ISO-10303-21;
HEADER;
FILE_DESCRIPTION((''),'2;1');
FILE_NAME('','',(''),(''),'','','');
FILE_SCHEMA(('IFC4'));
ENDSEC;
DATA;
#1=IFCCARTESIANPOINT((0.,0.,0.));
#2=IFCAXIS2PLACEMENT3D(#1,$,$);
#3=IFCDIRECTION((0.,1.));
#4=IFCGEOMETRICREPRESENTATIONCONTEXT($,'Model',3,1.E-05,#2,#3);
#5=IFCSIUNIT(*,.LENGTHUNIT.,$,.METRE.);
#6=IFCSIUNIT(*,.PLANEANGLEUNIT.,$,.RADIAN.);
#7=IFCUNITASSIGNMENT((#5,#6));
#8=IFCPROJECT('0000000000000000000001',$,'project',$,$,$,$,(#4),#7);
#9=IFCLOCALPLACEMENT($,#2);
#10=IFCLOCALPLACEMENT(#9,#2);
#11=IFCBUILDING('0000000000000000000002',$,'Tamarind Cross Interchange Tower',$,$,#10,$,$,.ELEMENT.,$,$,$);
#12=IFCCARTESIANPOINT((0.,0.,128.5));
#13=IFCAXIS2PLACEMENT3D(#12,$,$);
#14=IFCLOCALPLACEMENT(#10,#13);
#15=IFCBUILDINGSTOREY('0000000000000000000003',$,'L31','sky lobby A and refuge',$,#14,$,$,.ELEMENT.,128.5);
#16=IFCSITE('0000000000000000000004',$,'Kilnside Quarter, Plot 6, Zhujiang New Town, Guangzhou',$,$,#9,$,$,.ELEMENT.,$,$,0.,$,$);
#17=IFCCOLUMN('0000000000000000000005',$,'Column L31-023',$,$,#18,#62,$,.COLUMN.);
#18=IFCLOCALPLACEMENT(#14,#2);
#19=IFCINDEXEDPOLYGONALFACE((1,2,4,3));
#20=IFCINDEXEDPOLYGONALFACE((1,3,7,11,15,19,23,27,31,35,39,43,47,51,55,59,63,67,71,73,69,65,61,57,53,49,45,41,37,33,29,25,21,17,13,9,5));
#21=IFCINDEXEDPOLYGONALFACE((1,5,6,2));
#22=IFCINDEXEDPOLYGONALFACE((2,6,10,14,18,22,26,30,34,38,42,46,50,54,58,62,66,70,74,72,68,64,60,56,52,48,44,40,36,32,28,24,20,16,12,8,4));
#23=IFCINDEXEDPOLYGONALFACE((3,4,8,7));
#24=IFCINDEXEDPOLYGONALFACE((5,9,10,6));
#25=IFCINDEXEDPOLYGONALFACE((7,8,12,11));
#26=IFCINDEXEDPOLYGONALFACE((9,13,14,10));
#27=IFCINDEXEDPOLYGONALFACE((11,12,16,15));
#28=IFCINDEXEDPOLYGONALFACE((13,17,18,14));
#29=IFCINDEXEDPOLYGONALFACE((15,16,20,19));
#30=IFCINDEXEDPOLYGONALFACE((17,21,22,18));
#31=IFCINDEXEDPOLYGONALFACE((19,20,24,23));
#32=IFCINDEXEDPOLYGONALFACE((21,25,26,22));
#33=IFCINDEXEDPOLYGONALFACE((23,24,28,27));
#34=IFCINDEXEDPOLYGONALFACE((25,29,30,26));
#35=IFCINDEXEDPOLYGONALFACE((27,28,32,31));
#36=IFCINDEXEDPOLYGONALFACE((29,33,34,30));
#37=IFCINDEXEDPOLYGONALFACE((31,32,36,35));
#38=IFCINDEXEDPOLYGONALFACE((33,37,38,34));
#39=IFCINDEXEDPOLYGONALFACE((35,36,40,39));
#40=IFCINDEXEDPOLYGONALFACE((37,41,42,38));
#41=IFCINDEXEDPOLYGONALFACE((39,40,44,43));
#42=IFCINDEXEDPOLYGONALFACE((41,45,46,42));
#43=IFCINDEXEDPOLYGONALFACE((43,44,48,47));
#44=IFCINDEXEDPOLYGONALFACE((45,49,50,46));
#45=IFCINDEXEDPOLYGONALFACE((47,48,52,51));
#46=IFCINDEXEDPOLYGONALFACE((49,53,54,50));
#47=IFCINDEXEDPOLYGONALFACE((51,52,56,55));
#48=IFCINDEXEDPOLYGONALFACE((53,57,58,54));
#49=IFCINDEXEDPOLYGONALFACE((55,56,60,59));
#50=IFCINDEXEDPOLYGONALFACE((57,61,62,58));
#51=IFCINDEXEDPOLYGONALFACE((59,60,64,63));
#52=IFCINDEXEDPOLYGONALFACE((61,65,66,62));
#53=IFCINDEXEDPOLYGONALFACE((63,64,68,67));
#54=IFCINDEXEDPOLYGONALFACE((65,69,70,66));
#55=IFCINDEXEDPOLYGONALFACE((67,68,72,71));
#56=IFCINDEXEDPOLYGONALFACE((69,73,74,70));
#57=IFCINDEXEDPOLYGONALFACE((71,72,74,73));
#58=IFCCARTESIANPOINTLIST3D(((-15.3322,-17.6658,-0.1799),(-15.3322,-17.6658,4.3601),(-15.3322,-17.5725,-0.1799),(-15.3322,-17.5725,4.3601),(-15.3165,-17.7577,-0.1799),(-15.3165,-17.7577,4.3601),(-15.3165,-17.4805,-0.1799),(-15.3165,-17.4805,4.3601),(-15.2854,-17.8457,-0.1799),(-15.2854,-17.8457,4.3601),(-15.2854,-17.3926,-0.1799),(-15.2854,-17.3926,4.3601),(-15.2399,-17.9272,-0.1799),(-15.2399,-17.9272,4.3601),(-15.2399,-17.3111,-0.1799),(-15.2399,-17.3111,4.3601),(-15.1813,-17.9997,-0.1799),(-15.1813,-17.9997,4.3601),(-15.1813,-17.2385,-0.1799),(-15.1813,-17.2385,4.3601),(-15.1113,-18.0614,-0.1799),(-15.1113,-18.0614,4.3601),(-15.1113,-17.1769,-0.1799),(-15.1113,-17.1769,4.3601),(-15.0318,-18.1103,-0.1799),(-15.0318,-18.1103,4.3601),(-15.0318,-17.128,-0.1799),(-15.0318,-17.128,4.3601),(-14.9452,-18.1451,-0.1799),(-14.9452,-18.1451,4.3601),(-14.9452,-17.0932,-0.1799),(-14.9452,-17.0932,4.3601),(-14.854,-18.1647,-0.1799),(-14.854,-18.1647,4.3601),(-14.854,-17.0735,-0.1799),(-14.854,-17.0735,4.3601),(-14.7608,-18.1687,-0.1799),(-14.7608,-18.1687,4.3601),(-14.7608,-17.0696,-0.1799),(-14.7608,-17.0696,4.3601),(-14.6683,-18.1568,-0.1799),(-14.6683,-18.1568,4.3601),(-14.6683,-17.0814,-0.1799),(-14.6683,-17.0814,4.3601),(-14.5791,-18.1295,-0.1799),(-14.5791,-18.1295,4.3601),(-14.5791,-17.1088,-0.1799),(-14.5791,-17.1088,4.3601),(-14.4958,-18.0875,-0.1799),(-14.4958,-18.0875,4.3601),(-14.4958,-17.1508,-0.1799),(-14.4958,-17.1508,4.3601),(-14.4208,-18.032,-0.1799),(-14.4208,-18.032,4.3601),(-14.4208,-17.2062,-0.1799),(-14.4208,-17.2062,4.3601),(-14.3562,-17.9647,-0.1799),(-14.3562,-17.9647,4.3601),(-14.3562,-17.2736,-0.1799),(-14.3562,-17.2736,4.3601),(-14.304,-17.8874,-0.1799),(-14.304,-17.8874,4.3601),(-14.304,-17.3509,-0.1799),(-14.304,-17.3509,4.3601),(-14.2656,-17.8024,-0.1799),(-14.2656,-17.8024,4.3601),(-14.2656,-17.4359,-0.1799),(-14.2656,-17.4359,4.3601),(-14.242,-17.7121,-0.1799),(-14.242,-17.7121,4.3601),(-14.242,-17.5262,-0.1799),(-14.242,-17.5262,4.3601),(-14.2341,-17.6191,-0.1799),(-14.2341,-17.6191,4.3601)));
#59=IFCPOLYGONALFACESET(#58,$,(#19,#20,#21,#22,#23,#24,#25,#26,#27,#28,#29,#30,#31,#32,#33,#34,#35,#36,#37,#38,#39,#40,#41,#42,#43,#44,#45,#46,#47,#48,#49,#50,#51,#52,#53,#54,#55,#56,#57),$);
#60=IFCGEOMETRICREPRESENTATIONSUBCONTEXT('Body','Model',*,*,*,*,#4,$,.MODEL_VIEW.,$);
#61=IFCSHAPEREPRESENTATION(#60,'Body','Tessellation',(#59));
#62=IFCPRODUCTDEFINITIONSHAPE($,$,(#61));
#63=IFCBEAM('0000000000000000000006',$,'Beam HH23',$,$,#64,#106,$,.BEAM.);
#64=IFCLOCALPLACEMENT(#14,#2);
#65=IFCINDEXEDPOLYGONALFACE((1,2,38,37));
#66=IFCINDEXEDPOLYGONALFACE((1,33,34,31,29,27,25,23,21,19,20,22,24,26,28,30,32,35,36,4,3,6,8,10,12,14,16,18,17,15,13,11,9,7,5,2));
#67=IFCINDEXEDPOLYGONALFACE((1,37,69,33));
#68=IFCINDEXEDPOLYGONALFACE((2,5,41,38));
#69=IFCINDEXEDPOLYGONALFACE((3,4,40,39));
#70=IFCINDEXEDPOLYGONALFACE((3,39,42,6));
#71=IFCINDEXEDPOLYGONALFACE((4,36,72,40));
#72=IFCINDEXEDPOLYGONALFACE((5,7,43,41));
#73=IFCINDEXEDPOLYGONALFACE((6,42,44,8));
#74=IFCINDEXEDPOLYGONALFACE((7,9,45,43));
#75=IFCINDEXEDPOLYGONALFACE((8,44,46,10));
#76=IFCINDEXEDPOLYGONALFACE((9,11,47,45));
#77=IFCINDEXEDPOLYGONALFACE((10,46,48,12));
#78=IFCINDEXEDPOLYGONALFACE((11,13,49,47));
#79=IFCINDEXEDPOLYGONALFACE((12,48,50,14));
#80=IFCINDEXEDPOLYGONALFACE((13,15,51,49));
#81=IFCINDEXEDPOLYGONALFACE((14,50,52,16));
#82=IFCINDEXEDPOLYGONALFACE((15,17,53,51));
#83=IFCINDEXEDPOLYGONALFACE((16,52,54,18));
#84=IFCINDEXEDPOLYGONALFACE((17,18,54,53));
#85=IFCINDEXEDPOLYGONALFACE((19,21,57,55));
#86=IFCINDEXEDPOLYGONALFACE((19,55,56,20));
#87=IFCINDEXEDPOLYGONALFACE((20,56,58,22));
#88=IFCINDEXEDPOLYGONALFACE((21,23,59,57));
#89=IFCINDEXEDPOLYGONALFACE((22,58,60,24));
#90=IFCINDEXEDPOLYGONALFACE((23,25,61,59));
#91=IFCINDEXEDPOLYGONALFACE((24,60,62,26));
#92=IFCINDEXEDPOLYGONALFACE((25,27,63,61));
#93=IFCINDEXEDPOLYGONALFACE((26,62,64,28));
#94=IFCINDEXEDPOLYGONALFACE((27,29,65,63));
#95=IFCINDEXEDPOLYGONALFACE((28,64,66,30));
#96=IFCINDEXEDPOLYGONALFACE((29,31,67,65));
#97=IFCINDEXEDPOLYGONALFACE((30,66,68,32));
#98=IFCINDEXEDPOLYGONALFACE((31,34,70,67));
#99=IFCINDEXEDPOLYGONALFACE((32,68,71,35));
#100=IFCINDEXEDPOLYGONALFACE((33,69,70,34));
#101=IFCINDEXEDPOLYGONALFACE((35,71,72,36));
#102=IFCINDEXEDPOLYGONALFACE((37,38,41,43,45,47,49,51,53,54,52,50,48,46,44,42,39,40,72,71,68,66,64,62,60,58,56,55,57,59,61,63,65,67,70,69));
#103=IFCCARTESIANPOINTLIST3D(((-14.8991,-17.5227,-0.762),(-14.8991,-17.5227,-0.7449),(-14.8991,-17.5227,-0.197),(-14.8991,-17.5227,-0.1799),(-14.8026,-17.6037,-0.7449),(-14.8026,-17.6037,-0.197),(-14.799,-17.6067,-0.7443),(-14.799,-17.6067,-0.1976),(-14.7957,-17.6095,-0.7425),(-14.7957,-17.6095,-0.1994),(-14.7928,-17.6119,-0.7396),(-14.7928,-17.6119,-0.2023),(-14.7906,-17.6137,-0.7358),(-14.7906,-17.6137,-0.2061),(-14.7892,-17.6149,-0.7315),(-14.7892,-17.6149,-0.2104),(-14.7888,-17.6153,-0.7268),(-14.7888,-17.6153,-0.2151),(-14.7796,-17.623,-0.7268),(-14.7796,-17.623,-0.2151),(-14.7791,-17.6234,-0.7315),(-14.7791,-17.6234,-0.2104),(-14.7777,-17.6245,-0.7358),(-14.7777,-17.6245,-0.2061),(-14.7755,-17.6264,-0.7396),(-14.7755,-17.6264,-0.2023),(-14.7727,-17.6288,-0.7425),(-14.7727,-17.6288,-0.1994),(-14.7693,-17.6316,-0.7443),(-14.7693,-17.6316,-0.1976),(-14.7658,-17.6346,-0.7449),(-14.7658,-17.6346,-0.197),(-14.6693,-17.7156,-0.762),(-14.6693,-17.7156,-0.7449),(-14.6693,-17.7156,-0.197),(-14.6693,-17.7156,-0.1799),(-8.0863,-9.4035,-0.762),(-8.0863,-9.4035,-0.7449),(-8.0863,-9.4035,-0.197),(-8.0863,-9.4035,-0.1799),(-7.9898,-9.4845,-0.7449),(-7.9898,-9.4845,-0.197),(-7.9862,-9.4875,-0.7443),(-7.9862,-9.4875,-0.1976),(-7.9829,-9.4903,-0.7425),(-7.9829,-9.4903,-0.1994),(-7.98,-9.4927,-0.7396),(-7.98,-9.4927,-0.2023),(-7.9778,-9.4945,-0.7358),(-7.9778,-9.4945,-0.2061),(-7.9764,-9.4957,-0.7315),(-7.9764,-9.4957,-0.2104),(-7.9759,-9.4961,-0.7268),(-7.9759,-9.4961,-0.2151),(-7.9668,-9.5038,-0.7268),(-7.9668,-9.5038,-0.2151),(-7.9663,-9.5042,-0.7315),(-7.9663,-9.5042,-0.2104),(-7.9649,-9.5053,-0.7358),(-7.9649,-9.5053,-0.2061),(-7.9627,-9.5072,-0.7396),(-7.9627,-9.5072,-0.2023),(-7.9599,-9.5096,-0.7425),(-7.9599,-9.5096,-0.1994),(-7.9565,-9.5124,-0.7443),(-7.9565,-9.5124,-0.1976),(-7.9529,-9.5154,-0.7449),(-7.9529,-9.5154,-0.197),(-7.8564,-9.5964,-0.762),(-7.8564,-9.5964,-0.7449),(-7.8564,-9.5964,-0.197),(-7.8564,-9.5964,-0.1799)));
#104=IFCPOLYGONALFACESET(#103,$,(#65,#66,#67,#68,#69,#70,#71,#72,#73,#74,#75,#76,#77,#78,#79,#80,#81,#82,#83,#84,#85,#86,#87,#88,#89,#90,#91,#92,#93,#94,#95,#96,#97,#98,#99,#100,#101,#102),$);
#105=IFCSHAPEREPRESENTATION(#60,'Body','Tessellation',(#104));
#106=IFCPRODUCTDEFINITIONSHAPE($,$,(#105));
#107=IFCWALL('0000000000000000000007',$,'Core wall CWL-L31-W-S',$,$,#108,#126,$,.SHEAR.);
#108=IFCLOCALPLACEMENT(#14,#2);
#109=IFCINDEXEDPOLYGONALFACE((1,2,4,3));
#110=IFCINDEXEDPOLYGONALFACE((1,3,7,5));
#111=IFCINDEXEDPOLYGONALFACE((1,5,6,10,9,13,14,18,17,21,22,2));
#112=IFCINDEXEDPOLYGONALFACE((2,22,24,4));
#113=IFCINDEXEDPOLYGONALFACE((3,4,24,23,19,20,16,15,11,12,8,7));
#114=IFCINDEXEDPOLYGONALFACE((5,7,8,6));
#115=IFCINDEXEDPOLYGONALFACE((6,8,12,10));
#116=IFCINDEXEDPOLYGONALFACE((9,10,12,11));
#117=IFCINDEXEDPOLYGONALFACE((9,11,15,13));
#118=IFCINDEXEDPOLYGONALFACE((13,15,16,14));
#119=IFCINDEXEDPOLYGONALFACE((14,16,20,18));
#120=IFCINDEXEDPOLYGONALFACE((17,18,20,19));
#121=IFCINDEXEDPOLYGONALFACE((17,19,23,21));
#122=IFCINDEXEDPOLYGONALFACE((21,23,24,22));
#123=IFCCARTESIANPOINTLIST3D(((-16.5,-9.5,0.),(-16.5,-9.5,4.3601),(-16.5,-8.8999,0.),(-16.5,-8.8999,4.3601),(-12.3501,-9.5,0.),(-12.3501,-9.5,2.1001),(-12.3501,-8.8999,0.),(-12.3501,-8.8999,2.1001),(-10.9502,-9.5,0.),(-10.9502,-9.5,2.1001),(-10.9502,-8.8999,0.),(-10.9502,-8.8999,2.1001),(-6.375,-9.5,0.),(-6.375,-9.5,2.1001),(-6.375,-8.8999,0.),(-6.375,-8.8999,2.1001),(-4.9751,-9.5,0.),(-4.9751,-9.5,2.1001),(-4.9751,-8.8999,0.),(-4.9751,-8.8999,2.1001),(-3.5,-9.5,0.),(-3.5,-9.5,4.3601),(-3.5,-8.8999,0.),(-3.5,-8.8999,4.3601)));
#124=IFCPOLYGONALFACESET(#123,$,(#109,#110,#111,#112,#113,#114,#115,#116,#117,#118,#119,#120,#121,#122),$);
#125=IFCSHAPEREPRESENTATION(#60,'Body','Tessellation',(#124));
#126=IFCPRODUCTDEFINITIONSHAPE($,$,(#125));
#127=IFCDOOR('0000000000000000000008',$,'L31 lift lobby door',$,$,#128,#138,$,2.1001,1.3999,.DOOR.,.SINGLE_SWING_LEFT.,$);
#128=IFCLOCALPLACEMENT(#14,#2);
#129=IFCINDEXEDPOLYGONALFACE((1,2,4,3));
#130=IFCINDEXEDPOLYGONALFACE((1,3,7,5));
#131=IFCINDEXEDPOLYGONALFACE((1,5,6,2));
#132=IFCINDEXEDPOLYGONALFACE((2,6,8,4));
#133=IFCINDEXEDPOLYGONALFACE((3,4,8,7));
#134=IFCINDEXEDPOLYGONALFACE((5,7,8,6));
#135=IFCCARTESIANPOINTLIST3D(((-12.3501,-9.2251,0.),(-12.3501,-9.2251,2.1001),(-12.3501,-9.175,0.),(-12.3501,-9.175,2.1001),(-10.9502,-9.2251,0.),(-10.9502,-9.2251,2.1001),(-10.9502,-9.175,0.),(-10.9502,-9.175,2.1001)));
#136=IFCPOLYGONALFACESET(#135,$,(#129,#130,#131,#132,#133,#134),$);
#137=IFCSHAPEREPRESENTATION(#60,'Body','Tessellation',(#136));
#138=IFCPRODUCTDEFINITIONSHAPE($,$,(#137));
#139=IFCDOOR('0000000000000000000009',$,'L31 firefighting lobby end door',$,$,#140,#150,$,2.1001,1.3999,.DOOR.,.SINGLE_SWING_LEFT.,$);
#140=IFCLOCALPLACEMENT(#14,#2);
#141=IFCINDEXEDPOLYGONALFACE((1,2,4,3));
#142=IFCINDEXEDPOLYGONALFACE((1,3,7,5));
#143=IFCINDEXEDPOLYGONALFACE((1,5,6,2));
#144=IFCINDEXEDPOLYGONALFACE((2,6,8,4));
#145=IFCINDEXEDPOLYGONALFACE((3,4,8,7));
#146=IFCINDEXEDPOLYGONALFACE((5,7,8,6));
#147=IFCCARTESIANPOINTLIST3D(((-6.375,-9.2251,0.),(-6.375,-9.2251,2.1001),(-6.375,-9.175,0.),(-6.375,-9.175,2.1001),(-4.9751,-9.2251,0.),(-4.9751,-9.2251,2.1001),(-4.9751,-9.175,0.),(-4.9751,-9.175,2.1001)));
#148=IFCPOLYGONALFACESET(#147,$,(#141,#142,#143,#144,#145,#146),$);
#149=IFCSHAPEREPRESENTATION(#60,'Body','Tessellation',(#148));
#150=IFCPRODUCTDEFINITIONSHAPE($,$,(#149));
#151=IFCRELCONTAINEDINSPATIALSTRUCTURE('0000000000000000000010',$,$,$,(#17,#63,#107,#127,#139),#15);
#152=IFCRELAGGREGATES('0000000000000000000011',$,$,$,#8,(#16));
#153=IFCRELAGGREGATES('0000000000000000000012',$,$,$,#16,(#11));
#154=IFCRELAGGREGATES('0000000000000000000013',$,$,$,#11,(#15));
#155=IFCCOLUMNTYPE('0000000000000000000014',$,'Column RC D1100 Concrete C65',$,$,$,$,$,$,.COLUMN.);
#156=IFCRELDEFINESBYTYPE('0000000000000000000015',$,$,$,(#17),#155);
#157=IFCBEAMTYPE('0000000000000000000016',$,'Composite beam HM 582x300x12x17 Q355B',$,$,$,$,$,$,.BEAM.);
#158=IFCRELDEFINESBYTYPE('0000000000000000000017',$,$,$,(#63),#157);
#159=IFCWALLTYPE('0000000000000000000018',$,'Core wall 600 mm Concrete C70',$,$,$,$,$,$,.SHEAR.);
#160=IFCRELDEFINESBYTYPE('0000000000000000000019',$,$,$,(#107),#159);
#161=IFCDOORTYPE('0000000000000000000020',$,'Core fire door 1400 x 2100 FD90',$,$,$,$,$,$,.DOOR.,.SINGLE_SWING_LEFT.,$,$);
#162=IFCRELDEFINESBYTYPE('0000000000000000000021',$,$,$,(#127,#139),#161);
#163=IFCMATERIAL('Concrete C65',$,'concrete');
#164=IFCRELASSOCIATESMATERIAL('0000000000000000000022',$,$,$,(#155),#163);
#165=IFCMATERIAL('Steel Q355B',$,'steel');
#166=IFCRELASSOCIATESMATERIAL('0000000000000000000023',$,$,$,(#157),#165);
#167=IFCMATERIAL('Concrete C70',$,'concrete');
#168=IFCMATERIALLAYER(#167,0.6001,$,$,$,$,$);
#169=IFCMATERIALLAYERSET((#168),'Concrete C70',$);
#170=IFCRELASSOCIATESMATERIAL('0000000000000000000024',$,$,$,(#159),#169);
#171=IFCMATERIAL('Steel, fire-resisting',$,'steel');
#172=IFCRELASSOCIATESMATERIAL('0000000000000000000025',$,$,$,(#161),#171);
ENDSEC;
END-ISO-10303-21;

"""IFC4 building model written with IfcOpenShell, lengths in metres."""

from ifc_helpers import new_model, si_unit, direction, frame, frame_2d, origin, origin_2d, place, context, subcontext, project, spatial, rectangle, circle, i_section, extrude, material, layer, layer_set, material_profile, profile_set, type_object, element, fill, save


model = new_model("IFC4")

# Units and contexts
model_context = context("Model", 3, precision=1e-05, world=origin(), true_north=direction((0.0, 1.0)))
body_context = subcontext(model_context, "Body", "Model", "MODEL_VIEW")
ifc_project = project(units=[si_unit("LENGTHUNIT", "METRE"), si_unit("PLANEANGLEUNIT", "RADIAN")], contexts=[model_context])

# Site, building, storey
site_placement = place(None, origin())
site = spatial("IfcSite", under=ifc_project, at=site_placement, Name="Kilnside Quarter, Plot 6, Zhujiang New Town, Guangzhou", CompositionType="ELEMENT", RefElevation=0.0)
building_placement = place(site_placement, origin())
building = spatial("IfcBuilding", under=site, at=building_placement, Name="Tamarind Cross Interchange Tower", CompositionType="ELEMENT")
storey_placement = place(building_placement, frame((0.0, 0.0, 128.5)))
storey = spatial("IfcBuildingStorey", under=building, at=storey_placement, Name="L31", Description="sky lobby A and refuge", CompositionType="ELEMENT", Elevation=128.5)

# Column
ifc_material_1 = material(Name="Concrete C65", Category="concrete")
ifc_material_profile_1 = material_profile(ifc_material_1, circle(Radius=0.55, at=origin_2d()), Name="RC D1100")
ifc_profile_set_1 = profile_set([ifc_material_profile_1], Name="Concrete C65")
column_type = type_object("IfcColumnType", Name="Column RC D1100 Concrete C65", PredefinedType="COLUMN", material=ifc_profile_set_1)
column_placement = place(storey_placement, frame((-14.7842, -17.6191, -0.1799), z_axis=(0.0, 0.0, 1.0), x_axis=(1.0, 0.0, 0.0)))
element("IfcColumn", 1, at=column_placement, inside=storey, type_object=column_type, Name="Column L31-023", PredefinedType="COLUMN", context=body_context, shape_type="SweptSolid", body=[
    extrude(circle(Radius=0.55, at=origin_2d()), origin(), (0.0, 0.0, 1.0), 4.54),
])

# Beam
ifc_material_2 = material(Name="Steel Q355B", Category="steel")
ifc_material_profile_2 = material_profile(ifc_material_2, i_section(OverallWidth=0.3, OverallDepth=0.582, WebThickness=0.012, FlangeThickness=0.0171, FilletRadius=0.0181, at=origin_2d()), Name="HM 582x300x12x17")
ifc_profile_set_2 = profile_set([ifc_material_profile_2], Name="Steel Q355B")
beam_type = type_object("IfcBeamType", Name="Composite beam HM 582x300x12x17 Q355B", PredefinedType="BEAM", material=ifc_profile_set_2)
beam_placement = place(storey_placement, frame((-14.7842, -17.6191, -0.4709), z_axis=(0.642786, 0.766046, 0.0), x_axis=(-0.766046, 0.642786, 0.0)))
element("IfcBeam", 2, at=beam_placement, inside=storey, type_object=beam_type, Name="Beam HH23", PredefinedType="BEAM", context=body_context, shape_type="SweptSolid", body=[
    extrude(i_section(OverallWidth=0.3, OverallDepth=0.582, WebThickness=0.012, FlangeThickness=0.0171, FilletRadius=0.0181, at=origin_2d()), origin(), (0.0, 0.0, 1.0), 10.5989),
])

# Wall, openings, doors
ifc_material_3 = material(Name="Concrete C70", Category="concrete")
ifc_layer_1 = layer(ifc_material_3, 0.6001)
ifc_layer_set_1 = layer_set([ifc_layer_1], Name="Concrete C70")
wall_type_1 = type_object("IfcWallType", Name="Core wall 600 mm Concrete C70", PredefinedType="SHEAR", material=ifc_layer_set_1)
wall_1_placement = place(storey_placement, frame((-16.5, -9.2, 0.0), z_axis=(0.0, 0.0, 1.0), x_axis=(1.0, 0.0, 0.0)))
wall_1 = element("IfcWall", 3, at=wall_1_placement, inside=storey, type_object=wall_type_1, Name="Core wall CWL-L31-W-S", PredefinedType="SHEAR", context=body_context, shape_type="SweptSolid", body=[
    extrude(rectangle(XDim=13.0, YDim=0.6001, at=frame_2d((6.5, 0.0))), origin(), (0.0, 0.0, 1.0), 4.3601),
])
opening_1_placement = place(wall_1_placement, frame((4.1499, 0.0, 0.0)))
opening_1 = element("IfcOpeningElement", 4, at=opening_1_placement, cuts=wall_1, PredefinedType="OPENING", context=body_context, shape_type="SweptSolid", body=[
    extrude(rectangle(XDim=1.3999, YDim=2.1001, at=frame_2d((0.7, 1.05))), frame((0.0, 0.3101, 0.0), z_axis=(0.0, -1.0, 0.0), x_axis=(1.0, 0.0, 0.0)), (0.0, 0.0, 1.0), 0.6201),
])
opening_2_placement = place(wall_1_placement, frame((10.125, 0.0, 0.0)))
opening_2 = element("IfcOpeningElement", 5, at=opening_2_placement, cuts=wall_1, PredefinedType="OPENING", context=body_context, shape_type="SweptSolid", body=[
    extrude(rectangle(XDim=1.3999, YDim=2.1001, at=frame_2d((0.7, 1.05))), frame((0.0, 0.3101, 0.0), z_axis=(0.0, -1.0, 0.0), x_axis=(1.0, 0.0, 0.0)), (0.0, 0.0, 1.0), 0.6201),
])
ifc_material_4 = material(Name="Steel, fire-resisting", Category="steel")
door_type_1 = type_object("IfcDoorType", Name="Core fire door 1400 x 2100 FD90", OperationType="SINGLE_SWING_LEFT", PredefinedType="DOOR", material=ifc_material_4)
door_1_placement = place(opening_1_placement, origin())
door_1 = element("IfcDoor", 6, at=door_1_placement, inside=storey, type_object=door_type_1, Name="L31 lift lobby door", OperationType="SINGLE_SWING_LEFT", OverallHeight=2.1001, OverallWidth=1.3999, PredefinedType="DOOR", context=body_context, shape_type="SweptSolid", body=[
    extrude(rectangle(XDim=1.3999, YDim=2.1001, at=frame_2d((0.7, 1.05))), frame((0.0, 0.0249, 0.0), z_axis=(0.0, -1.0, 0.0), x_axis=(1.0, 0.0, 0.0)), (0.0, 0.0, 1.0), 0.05),
])
fill(opening_1, door_1)
door_2_placement = place(opening_2_placement, origin())
door_2 = element("IfcDoor", 7, at=door_2_placement, inside=storey, type_object=door_type_1, Name="L31 firefighting lobby end door", OperationType="SINGLE_SWING_LEFT", OverallHeight=2.1001, OverallWidth=1.3999, PredefinedType="DOOR", context=body_context, shape_type="SweptSolid", body=[
    extrude(rectangle(XDim=1.3999, YDim=2.1001, at=frame_2d((0.7, 1.05))), frame((0.0, 0.0249, 0.0), z_axis=(0.0, -1.0, 0.0), x_axis=(1.0, 0.0, 0.0)), (0.0, 0.0, 1.0), 0.05),
])
fill(opening_2, door_2)

save(model, "model.ifc")
